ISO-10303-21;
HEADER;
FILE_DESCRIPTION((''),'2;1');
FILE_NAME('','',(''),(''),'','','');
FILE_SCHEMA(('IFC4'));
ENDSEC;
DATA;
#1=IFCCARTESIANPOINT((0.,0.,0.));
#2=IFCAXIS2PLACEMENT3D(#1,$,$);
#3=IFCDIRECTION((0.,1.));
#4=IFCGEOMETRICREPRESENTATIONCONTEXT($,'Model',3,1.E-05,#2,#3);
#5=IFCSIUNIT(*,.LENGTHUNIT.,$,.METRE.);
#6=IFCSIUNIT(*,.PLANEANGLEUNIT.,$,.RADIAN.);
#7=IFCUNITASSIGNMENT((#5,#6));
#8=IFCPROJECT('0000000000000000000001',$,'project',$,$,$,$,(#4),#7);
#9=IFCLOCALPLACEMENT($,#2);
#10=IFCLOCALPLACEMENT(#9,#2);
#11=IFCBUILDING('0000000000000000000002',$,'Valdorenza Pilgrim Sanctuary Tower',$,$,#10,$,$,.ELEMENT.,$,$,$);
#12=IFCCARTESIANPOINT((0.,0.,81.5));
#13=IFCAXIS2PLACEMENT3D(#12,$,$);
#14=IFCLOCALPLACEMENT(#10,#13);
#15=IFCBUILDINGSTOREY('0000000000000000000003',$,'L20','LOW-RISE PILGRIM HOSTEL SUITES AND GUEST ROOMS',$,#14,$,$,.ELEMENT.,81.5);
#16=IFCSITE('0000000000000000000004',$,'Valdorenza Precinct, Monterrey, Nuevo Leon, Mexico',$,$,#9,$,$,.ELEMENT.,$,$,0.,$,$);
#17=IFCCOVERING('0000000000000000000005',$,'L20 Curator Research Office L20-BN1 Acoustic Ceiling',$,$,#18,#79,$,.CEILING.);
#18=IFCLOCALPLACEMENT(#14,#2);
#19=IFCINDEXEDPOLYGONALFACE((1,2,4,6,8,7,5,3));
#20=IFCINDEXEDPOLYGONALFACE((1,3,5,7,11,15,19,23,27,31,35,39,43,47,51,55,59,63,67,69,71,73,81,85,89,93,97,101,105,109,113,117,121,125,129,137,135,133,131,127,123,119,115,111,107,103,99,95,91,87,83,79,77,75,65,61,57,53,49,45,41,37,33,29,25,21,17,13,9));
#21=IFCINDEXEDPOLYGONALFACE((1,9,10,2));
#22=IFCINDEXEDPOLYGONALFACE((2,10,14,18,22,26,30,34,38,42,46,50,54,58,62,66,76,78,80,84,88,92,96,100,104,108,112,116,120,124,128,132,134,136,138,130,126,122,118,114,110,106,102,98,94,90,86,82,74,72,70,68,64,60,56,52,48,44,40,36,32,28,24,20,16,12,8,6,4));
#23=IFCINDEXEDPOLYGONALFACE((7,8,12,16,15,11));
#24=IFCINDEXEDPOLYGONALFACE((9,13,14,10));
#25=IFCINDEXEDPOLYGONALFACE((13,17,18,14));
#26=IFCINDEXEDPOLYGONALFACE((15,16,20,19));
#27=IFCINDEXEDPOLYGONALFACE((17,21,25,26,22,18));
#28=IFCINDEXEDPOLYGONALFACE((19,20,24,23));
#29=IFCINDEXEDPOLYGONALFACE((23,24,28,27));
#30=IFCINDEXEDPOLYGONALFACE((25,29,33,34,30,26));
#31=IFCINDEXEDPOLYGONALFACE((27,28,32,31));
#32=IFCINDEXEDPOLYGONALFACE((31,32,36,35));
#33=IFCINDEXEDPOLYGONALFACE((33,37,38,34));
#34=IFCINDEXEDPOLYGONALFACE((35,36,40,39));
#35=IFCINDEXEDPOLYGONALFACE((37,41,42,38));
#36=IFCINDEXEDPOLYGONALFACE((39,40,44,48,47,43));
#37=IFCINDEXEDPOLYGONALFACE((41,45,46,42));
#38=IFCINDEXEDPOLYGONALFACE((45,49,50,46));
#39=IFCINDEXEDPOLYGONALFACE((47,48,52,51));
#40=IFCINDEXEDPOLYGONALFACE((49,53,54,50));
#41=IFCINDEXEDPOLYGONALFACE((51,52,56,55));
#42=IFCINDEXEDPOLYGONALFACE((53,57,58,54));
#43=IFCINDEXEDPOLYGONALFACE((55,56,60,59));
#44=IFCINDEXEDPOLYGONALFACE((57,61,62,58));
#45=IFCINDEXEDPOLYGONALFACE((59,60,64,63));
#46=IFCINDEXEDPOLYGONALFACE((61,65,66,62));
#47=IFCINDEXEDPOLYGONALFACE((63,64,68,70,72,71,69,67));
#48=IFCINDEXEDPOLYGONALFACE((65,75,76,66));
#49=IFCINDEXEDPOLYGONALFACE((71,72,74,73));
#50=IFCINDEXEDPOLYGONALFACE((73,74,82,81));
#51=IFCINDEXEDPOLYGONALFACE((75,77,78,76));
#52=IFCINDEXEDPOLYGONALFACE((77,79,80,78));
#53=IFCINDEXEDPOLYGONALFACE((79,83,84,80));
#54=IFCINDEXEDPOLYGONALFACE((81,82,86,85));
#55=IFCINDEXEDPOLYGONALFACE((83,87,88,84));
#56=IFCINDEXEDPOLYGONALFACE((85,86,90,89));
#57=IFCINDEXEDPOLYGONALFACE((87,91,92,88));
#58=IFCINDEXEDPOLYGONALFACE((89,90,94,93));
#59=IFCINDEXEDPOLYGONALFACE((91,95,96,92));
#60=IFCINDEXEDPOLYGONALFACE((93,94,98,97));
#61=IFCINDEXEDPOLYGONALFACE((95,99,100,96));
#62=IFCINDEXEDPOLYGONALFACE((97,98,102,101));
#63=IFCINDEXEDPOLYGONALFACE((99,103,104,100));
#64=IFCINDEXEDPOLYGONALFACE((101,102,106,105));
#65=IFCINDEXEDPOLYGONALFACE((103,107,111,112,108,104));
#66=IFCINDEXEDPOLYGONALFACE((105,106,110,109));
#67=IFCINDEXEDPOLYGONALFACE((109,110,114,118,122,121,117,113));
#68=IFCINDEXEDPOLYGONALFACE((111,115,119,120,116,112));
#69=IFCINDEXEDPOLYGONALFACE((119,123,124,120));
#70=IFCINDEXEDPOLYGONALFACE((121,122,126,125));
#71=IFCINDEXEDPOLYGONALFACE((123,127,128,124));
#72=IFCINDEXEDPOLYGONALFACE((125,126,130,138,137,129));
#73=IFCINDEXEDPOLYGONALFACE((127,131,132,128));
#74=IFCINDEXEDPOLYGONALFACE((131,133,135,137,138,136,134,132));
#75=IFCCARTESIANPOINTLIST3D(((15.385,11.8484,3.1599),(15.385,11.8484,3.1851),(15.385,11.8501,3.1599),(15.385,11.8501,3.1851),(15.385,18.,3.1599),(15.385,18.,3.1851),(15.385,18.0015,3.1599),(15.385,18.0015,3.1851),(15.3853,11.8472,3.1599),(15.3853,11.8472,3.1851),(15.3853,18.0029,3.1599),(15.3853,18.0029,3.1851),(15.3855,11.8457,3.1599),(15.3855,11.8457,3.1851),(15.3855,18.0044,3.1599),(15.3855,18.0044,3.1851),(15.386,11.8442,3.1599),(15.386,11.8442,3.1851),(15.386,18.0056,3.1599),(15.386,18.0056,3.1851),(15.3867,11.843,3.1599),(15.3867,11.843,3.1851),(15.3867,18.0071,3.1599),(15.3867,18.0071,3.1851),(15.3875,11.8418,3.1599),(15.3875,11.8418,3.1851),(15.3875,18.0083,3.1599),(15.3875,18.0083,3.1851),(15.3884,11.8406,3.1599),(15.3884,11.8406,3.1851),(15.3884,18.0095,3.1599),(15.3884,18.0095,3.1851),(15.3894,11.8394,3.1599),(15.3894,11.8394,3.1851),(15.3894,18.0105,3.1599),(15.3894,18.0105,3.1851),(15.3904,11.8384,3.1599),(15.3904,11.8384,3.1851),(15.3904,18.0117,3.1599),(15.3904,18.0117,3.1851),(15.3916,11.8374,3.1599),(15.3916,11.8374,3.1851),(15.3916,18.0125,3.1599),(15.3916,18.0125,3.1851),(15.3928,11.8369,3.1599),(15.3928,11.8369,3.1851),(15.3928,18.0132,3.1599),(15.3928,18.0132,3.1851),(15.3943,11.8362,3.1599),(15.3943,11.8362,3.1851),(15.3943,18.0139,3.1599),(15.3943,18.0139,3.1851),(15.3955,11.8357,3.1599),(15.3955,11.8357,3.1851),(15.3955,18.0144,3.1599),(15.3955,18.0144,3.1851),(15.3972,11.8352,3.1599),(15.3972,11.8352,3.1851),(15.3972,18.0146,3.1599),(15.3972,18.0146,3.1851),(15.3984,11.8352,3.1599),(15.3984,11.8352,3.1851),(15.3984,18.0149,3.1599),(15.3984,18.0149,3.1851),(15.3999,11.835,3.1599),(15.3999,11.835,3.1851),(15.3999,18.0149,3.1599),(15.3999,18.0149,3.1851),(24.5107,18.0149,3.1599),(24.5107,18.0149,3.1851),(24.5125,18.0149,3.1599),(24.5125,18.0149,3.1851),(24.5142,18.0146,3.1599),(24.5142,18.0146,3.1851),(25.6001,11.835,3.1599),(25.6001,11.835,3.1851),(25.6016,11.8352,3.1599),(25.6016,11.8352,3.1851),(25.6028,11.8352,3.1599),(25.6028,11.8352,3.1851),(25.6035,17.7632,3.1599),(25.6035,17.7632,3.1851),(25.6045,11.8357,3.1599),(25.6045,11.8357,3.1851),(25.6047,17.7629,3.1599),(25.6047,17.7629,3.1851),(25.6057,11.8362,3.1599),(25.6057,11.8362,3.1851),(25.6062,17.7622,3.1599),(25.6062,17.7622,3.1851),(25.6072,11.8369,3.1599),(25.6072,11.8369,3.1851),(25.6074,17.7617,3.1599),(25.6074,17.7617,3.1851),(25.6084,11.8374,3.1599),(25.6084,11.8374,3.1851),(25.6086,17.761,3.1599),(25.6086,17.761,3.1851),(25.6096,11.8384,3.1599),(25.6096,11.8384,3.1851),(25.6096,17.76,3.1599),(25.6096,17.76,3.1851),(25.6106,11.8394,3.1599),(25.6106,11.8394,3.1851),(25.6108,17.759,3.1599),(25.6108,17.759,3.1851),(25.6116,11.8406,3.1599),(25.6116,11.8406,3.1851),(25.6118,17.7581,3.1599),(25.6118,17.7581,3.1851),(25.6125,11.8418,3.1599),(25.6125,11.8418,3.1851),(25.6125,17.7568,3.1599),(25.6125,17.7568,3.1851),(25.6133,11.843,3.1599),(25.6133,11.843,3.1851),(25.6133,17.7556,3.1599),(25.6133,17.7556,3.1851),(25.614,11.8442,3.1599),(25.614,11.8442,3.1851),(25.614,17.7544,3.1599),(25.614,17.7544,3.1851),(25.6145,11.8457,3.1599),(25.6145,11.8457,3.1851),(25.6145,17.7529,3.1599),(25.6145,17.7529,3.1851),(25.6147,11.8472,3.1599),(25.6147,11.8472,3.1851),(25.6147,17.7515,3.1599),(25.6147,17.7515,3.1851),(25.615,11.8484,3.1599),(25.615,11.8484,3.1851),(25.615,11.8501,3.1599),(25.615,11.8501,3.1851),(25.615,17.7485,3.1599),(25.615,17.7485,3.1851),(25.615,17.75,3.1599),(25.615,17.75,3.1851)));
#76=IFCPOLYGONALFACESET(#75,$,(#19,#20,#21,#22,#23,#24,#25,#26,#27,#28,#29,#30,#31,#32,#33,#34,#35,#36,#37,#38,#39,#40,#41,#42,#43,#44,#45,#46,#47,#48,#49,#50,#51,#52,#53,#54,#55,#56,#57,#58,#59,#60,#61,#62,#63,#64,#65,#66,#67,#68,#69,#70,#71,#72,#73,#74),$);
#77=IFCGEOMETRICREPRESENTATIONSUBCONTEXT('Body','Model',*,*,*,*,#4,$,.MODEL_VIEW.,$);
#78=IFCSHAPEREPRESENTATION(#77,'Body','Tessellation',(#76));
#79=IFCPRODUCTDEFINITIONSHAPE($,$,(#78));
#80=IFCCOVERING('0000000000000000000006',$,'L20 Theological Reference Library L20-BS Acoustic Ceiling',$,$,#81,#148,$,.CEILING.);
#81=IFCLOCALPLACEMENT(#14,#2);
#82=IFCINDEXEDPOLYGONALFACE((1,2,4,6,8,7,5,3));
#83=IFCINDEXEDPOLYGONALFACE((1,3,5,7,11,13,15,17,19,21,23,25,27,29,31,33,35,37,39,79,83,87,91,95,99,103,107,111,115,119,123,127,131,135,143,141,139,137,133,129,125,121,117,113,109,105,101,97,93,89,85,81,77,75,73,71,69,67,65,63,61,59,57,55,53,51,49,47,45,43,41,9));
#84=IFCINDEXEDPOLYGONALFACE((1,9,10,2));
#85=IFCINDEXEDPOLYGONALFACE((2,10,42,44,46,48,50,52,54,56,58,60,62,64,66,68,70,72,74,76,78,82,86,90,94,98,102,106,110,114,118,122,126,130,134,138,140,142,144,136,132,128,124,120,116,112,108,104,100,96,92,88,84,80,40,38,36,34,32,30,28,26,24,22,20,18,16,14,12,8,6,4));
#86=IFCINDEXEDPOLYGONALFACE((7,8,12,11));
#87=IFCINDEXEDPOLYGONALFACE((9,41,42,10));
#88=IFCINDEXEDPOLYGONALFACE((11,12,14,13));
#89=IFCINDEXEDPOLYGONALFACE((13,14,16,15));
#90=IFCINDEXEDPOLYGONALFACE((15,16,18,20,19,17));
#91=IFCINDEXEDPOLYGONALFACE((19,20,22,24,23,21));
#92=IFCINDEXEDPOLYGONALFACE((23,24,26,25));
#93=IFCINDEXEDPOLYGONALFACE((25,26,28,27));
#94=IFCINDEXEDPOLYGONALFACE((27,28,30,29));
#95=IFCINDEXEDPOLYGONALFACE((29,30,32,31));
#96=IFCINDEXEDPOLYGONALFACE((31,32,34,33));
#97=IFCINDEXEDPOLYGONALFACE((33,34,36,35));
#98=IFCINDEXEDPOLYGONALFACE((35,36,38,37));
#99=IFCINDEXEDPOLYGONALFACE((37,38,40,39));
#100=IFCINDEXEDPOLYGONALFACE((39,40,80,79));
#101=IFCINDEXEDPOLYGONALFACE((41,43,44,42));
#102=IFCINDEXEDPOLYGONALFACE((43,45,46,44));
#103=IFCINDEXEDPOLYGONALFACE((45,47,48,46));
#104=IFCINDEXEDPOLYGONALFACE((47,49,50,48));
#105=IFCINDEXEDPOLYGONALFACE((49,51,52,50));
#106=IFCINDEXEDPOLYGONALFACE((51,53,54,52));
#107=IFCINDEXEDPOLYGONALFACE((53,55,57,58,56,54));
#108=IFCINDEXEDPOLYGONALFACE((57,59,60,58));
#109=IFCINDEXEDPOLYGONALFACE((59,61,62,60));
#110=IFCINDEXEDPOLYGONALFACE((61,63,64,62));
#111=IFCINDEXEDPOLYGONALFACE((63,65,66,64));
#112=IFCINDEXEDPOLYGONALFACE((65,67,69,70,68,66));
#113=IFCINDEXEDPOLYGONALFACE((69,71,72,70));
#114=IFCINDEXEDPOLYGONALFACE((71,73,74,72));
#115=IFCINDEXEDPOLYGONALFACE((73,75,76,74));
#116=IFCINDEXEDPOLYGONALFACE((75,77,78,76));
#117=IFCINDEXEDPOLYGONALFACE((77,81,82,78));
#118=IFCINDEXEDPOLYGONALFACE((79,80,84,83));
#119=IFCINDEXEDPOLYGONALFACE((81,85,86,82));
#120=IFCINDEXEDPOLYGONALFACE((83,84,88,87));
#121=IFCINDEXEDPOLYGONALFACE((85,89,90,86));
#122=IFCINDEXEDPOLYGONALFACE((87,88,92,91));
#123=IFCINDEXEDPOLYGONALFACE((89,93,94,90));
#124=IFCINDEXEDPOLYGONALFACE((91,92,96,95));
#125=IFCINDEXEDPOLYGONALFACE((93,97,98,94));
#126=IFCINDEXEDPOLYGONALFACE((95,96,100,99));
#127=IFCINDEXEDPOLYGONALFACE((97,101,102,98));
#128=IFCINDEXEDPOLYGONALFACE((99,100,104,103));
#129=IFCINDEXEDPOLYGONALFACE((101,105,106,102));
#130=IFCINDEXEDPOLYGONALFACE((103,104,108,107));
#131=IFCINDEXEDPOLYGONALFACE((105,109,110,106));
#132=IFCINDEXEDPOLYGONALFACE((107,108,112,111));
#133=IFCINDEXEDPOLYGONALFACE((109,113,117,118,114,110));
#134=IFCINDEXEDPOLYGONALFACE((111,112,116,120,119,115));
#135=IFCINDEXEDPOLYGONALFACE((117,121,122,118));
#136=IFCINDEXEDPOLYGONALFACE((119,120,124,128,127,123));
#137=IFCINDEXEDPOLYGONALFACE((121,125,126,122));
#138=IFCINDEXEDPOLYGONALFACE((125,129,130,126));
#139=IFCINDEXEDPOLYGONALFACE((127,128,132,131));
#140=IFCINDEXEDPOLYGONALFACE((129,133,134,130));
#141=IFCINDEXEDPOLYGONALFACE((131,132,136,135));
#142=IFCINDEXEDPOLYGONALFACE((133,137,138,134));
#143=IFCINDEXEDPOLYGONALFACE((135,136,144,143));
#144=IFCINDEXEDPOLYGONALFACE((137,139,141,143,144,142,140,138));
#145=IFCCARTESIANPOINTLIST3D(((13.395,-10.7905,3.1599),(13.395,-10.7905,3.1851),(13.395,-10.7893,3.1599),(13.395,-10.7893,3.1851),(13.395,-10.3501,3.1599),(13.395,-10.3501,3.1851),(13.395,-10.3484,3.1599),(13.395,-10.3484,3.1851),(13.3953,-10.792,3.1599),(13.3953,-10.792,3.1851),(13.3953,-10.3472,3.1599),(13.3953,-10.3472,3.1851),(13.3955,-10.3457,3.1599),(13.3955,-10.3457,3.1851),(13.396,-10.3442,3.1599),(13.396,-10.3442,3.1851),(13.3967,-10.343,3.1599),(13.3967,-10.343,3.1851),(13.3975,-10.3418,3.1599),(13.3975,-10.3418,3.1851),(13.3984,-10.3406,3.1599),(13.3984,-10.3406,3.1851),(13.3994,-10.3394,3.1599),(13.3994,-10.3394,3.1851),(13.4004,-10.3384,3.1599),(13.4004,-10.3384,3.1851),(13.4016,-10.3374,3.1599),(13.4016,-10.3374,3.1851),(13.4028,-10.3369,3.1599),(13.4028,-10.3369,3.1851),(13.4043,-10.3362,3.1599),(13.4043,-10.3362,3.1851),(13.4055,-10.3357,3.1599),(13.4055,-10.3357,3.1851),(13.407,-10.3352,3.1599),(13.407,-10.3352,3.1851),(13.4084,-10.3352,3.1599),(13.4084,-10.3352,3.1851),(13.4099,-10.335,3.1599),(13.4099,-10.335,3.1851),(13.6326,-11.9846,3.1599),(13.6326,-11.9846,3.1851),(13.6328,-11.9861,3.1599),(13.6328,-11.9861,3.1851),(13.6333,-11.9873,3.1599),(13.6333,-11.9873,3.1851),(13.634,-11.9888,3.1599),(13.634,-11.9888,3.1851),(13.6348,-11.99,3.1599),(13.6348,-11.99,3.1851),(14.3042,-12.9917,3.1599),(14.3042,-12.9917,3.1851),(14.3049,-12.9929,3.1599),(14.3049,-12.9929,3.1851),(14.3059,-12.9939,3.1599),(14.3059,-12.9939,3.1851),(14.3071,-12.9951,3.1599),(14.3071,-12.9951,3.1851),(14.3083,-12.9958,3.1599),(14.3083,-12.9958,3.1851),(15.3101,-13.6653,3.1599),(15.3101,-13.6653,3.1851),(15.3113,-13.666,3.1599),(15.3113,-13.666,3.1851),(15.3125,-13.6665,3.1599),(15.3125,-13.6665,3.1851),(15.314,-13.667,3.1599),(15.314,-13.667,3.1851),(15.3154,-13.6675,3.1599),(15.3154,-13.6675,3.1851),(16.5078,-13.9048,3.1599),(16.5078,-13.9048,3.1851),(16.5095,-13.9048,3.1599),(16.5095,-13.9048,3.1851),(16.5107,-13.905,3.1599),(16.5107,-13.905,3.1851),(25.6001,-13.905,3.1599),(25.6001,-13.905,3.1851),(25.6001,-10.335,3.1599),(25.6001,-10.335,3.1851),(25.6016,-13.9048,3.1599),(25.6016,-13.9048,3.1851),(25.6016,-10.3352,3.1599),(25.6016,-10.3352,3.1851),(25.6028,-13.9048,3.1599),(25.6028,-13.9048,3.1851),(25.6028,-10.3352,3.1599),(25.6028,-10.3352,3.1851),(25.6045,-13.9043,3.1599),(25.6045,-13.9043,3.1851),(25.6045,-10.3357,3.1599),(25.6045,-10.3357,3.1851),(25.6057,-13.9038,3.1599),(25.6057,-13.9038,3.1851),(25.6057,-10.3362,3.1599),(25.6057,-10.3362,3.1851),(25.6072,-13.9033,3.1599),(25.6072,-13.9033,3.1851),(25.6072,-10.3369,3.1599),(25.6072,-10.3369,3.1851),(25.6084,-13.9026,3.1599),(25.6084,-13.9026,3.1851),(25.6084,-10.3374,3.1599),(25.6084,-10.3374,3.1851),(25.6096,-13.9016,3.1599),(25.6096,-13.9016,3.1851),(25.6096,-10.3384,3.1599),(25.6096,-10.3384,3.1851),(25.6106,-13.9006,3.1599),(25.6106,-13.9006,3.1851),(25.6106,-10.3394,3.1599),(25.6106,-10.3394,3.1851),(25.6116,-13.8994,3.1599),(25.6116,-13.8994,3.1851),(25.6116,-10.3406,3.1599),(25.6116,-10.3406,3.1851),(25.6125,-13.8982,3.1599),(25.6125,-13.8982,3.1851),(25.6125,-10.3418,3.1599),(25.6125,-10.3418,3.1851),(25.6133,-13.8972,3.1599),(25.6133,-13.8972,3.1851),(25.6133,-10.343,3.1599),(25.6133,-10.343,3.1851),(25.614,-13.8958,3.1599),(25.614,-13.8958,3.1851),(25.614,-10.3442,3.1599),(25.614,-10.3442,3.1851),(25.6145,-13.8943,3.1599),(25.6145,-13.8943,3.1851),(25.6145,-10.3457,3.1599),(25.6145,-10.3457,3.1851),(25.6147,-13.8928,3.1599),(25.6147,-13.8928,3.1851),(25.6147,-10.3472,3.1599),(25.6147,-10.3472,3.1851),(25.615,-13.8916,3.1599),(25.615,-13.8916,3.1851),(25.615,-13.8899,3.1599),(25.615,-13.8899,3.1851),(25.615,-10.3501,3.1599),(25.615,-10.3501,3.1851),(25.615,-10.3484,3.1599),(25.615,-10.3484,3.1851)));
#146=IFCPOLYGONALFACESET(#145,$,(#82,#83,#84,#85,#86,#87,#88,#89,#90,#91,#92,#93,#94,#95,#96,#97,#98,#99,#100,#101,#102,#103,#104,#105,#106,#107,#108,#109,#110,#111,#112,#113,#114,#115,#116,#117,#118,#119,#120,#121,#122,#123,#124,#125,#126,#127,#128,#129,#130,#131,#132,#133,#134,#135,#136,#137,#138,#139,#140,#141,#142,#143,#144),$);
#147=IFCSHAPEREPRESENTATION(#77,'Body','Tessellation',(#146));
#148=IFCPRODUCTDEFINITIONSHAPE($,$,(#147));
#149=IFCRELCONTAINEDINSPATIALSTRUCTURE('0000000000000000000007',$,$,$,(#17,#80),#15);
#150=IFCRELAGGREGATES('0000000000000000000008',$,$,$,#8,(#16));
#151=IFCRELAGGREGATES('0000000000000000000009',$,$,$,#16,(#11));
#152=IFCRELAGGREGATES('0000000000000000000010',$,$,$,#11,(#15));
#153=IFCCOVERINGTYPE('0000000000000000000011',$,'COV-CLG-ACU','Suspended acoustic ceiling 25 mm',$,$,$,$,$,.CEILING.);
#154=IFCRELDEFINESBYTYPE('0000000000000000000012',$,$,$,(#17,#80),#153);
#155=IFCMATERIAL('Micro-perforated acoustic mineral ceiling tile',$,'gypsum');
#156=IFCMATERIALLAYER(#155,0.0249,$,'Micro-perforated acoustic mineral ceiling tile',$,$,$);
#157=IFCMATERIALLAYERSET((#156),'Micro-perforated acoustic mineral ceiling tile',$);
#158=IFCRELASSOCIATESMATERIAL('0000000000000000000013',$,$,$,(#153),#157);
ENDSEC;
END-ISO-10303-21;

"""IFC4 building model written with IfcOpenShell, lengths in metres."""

from ifc_helpers import new_model, si_unit, direction, frame, origin, place, context, subcontext, project, spatial, polyline, outline, extrude, material, layer, layer_set, type_object, element, save


model = new_model("IFC4")

# Units and contexts
model_context = context("Model", 3, precision=1e-05, world=origin(), true_north=direction((0.0, 1.0)))
body_context = subcontext(model_context, "Body", "Model", "MODEL_VIEW")
ifc_project = project(units=[si_unit("LENGTHUNIT", "METRE"), si_unit("PLANEANGLEUNIT", "RADIAN")], contexts=[model_context])

# Site, building, storey
site_placement = place(None, origin())
site = spatial("IfcSite", under=ifc_project, at=site_placement, Name="Valdorenza Precinct, Monterrey, Nuevo Leon, Mexico", CompositionType="ELEMENT", RefElevation=0.0)
building_placement = place(site_placement, origin())
building = spatial("IfcBuilding", under=site, at=building_placement, Name="Valdorenza Pilgrim Sanctuary Tower", CompositionType="ELEMENT")
storey_placement = place(building_placement, frame((0.0, 0.0, 81.5)))
storey = spatial("IfcBuildingStorey", under=building, at=storey_placement, Name="L20", Description="LOW-RISE PILGRIM HOSTEL SUITES AND GUEST ROOMS", CompositionType="ELEMENT", Elevation=81.5)

# Coverings
ifc_material_1 = material(Name="Micro-perforated acoustic mineral ceiling tile", Category="gypsum")
ifc_layer_1 = layer(ifc_material_1, 0.0249, Name="Micro-perforated acoustic mineral ceiling tile")
ifc_layer_set_1 = layer_set([ifc_layer_1], Name="Micro-perforated acoustic mineral ceiling tile")
covering_type_1 = type_object("IfcCoveringType", Name="COV-CLG-ACU", Description="Suspended acoustic ceiling 25 mm", PredefinedType="CEILING", material=ifc_layer_set_1)
covering_1_placement = place(storey_placement, frame((0.0, 0.0, 3.1599)))
element("IfcCovering", 1, at=covering_1_placement, inside=storey, type_object=covering_type_1, Name="L20 Curator Research Office L20-BN1 Acoustic Ceiling", PredefinedType="CEILING", context=body_context, shape_type="SweptSolid", body=[
    extrude(outline(polyline([(15.3999, 11.835), (15.3984, 11.8352), (15.3972, 11.8352), (15.3955, 11.8357), (15.3943, 11.8362), (15.3928, 11.8369), (15.3916, 11.8374), (15.3904, 11.8384), (15.3894, 11.8394), (15.3884, 11.8406), (15.3875, 11.8418), (15.3867, 11.843), (15.386, 11.8442), (15.3855, 11.8457), (15.3853, 11.8472), (15.385, 11.8484), (15.385, 11.8501), (15.385, 18.0), (15.385, 18.0015), (15.3853, 18.0029), (15.3855, 18.0044), (15.386, 18.0056), (15.3867, 18.0071), (15.3875, 18.0083), (15.3884, 18.0095), (15.3894, 18.0105), (15.3904, 18.0117), (15.3916, 18.0125), (15.3928, 18.0132), (15.3943, 18.0139), (15.3955, 18.0144), (15.3972, 18.0146), (15.3984, 18.0149), (15.3999, 18.0149), (24.5107, 18.0149), (24.5125, 18.0149), (24.5142, 18.0146), (25.6035, 17.7632), (25.6047, 17.7629), (25.6062, 17.7622), (25.6074, 17.7617), (25.6086, 17.761), (25.6096, 17.76), (25.6108, 17.759), (25.6118, 17.7581), (25.6125, 17.7568), (25.6133, 17.7556), (25.614, 17.7544), (25.6145, 17.7529), (25.6147, 17.7515), (25.615, 17.75), (25.615, 17.7485), (25.615, 11.8501), (25.615, 11.8484), (25.6147, 11.8472), (25.6145, 11.8457), (25.614, 11.8442), (25.6133, 11.843), (25.6125, 11.8418), (25.6116, 11.8406), (25.6106, 11.8394), (25.6096, 11.8384), (25.6084, 11.8374), (25.6072, 11.8369), (25.6057, 11.8362), (25.6045, 11.8357), (25.6028, 11.8352), (25.6016, 11.8352), (25.6001, 11.835), (15.3999, 11.835)])), origin(), (0.0, 0.0, 1.0), 0.0251),
])
covering_2_placement = place(storey_placement, frame((0.0, 0.0, 3.1599)))
element("IfcCovering", 2, at=covering_2_placement, inside=storey, type_object=covering_type_1, Name="L20 Theological Reference Library L20-BS Acoustic Ceiling", PredefinedType="CEILING", context=body_context, shape_type="SweptSolid", body=[
    extrude(outline(polyline([(25.615, -13.8899), (25.615, -13.8916), (25.6147, -13.8928), (25.6145, -13.8943), (25.614, -13.8958), (25.6133, -13.8972), (25.6125, -13.8982), (25.6116, -13.8994), (25.6106, -13.9006), (25.6096, -13.9016), (25.6084, -13.9026), (25.6072, -13.9033), (25.6057, -13.9038), (25.6045, -13.9043), (25.6028, -13.9048), (25.6016, -13.9048), (25.6001, -13.905), (16.5107, -13.905), (16.5095, -13.9048), (16.5078, -13.9048), (15.3154, -13.6675), (15.314, -13.667), (15.3125, -13.6665), (15.3113, -13.666), (15.3101, -13.6653), (14.3083, -12.9958), (14.3071, -12.9951), (14.3059, -12.9939), (14.3049, -12.9929), (14.3042, -12.9917), (13.6348, -11.99), (13.634, -11.9888), (13.6333, -11.9873), (13.6328, -11.9861), (13.6326, -11.9846), (13.3953, -10.792), (13.395, -10.7905), (13.395, -10.7893), (13.395, -10.3501), (13.395, -10.3484), (13.3953, -10.3472), (13.3955, -10.3457), (13.396, -10.3442), (13.3967, -10.343), (13.3975, -10.3418), (13.3984, -10.3406), (13.3994, -10.3394), (13.4004, -10.3384), (13.4016, -10.3374), (13.4028, -10.3369), (13.4043, -10.3362), (13.4055, -10.3357), (13.407, -10.3352), (13.4084, -10.3352), (13.4099, -10.335), (25.6001, -10.335), (25.6016, -10.3352), (25.6028, -10.3352), (25.6045, -10.3357), (25.6057, -10.3362), (25.6072, -10.3369), (25.6084, -10.3374), (25.6096, -10.3384), (25.6106, -10.3394), (25.6116, -10.3406), (25.6125, -10.3418), (25.6133, -10.343), (25.614, -10.3442), (25.6145, -10.3457), (25.6147, -10.3472), (25.615, -10.3484), (25.615, -10.3501), (25.615, -13.8899)])), origin(), (0.0, 0.0, 1.0), 0.0251),
])

save(model, "model.ifc")
